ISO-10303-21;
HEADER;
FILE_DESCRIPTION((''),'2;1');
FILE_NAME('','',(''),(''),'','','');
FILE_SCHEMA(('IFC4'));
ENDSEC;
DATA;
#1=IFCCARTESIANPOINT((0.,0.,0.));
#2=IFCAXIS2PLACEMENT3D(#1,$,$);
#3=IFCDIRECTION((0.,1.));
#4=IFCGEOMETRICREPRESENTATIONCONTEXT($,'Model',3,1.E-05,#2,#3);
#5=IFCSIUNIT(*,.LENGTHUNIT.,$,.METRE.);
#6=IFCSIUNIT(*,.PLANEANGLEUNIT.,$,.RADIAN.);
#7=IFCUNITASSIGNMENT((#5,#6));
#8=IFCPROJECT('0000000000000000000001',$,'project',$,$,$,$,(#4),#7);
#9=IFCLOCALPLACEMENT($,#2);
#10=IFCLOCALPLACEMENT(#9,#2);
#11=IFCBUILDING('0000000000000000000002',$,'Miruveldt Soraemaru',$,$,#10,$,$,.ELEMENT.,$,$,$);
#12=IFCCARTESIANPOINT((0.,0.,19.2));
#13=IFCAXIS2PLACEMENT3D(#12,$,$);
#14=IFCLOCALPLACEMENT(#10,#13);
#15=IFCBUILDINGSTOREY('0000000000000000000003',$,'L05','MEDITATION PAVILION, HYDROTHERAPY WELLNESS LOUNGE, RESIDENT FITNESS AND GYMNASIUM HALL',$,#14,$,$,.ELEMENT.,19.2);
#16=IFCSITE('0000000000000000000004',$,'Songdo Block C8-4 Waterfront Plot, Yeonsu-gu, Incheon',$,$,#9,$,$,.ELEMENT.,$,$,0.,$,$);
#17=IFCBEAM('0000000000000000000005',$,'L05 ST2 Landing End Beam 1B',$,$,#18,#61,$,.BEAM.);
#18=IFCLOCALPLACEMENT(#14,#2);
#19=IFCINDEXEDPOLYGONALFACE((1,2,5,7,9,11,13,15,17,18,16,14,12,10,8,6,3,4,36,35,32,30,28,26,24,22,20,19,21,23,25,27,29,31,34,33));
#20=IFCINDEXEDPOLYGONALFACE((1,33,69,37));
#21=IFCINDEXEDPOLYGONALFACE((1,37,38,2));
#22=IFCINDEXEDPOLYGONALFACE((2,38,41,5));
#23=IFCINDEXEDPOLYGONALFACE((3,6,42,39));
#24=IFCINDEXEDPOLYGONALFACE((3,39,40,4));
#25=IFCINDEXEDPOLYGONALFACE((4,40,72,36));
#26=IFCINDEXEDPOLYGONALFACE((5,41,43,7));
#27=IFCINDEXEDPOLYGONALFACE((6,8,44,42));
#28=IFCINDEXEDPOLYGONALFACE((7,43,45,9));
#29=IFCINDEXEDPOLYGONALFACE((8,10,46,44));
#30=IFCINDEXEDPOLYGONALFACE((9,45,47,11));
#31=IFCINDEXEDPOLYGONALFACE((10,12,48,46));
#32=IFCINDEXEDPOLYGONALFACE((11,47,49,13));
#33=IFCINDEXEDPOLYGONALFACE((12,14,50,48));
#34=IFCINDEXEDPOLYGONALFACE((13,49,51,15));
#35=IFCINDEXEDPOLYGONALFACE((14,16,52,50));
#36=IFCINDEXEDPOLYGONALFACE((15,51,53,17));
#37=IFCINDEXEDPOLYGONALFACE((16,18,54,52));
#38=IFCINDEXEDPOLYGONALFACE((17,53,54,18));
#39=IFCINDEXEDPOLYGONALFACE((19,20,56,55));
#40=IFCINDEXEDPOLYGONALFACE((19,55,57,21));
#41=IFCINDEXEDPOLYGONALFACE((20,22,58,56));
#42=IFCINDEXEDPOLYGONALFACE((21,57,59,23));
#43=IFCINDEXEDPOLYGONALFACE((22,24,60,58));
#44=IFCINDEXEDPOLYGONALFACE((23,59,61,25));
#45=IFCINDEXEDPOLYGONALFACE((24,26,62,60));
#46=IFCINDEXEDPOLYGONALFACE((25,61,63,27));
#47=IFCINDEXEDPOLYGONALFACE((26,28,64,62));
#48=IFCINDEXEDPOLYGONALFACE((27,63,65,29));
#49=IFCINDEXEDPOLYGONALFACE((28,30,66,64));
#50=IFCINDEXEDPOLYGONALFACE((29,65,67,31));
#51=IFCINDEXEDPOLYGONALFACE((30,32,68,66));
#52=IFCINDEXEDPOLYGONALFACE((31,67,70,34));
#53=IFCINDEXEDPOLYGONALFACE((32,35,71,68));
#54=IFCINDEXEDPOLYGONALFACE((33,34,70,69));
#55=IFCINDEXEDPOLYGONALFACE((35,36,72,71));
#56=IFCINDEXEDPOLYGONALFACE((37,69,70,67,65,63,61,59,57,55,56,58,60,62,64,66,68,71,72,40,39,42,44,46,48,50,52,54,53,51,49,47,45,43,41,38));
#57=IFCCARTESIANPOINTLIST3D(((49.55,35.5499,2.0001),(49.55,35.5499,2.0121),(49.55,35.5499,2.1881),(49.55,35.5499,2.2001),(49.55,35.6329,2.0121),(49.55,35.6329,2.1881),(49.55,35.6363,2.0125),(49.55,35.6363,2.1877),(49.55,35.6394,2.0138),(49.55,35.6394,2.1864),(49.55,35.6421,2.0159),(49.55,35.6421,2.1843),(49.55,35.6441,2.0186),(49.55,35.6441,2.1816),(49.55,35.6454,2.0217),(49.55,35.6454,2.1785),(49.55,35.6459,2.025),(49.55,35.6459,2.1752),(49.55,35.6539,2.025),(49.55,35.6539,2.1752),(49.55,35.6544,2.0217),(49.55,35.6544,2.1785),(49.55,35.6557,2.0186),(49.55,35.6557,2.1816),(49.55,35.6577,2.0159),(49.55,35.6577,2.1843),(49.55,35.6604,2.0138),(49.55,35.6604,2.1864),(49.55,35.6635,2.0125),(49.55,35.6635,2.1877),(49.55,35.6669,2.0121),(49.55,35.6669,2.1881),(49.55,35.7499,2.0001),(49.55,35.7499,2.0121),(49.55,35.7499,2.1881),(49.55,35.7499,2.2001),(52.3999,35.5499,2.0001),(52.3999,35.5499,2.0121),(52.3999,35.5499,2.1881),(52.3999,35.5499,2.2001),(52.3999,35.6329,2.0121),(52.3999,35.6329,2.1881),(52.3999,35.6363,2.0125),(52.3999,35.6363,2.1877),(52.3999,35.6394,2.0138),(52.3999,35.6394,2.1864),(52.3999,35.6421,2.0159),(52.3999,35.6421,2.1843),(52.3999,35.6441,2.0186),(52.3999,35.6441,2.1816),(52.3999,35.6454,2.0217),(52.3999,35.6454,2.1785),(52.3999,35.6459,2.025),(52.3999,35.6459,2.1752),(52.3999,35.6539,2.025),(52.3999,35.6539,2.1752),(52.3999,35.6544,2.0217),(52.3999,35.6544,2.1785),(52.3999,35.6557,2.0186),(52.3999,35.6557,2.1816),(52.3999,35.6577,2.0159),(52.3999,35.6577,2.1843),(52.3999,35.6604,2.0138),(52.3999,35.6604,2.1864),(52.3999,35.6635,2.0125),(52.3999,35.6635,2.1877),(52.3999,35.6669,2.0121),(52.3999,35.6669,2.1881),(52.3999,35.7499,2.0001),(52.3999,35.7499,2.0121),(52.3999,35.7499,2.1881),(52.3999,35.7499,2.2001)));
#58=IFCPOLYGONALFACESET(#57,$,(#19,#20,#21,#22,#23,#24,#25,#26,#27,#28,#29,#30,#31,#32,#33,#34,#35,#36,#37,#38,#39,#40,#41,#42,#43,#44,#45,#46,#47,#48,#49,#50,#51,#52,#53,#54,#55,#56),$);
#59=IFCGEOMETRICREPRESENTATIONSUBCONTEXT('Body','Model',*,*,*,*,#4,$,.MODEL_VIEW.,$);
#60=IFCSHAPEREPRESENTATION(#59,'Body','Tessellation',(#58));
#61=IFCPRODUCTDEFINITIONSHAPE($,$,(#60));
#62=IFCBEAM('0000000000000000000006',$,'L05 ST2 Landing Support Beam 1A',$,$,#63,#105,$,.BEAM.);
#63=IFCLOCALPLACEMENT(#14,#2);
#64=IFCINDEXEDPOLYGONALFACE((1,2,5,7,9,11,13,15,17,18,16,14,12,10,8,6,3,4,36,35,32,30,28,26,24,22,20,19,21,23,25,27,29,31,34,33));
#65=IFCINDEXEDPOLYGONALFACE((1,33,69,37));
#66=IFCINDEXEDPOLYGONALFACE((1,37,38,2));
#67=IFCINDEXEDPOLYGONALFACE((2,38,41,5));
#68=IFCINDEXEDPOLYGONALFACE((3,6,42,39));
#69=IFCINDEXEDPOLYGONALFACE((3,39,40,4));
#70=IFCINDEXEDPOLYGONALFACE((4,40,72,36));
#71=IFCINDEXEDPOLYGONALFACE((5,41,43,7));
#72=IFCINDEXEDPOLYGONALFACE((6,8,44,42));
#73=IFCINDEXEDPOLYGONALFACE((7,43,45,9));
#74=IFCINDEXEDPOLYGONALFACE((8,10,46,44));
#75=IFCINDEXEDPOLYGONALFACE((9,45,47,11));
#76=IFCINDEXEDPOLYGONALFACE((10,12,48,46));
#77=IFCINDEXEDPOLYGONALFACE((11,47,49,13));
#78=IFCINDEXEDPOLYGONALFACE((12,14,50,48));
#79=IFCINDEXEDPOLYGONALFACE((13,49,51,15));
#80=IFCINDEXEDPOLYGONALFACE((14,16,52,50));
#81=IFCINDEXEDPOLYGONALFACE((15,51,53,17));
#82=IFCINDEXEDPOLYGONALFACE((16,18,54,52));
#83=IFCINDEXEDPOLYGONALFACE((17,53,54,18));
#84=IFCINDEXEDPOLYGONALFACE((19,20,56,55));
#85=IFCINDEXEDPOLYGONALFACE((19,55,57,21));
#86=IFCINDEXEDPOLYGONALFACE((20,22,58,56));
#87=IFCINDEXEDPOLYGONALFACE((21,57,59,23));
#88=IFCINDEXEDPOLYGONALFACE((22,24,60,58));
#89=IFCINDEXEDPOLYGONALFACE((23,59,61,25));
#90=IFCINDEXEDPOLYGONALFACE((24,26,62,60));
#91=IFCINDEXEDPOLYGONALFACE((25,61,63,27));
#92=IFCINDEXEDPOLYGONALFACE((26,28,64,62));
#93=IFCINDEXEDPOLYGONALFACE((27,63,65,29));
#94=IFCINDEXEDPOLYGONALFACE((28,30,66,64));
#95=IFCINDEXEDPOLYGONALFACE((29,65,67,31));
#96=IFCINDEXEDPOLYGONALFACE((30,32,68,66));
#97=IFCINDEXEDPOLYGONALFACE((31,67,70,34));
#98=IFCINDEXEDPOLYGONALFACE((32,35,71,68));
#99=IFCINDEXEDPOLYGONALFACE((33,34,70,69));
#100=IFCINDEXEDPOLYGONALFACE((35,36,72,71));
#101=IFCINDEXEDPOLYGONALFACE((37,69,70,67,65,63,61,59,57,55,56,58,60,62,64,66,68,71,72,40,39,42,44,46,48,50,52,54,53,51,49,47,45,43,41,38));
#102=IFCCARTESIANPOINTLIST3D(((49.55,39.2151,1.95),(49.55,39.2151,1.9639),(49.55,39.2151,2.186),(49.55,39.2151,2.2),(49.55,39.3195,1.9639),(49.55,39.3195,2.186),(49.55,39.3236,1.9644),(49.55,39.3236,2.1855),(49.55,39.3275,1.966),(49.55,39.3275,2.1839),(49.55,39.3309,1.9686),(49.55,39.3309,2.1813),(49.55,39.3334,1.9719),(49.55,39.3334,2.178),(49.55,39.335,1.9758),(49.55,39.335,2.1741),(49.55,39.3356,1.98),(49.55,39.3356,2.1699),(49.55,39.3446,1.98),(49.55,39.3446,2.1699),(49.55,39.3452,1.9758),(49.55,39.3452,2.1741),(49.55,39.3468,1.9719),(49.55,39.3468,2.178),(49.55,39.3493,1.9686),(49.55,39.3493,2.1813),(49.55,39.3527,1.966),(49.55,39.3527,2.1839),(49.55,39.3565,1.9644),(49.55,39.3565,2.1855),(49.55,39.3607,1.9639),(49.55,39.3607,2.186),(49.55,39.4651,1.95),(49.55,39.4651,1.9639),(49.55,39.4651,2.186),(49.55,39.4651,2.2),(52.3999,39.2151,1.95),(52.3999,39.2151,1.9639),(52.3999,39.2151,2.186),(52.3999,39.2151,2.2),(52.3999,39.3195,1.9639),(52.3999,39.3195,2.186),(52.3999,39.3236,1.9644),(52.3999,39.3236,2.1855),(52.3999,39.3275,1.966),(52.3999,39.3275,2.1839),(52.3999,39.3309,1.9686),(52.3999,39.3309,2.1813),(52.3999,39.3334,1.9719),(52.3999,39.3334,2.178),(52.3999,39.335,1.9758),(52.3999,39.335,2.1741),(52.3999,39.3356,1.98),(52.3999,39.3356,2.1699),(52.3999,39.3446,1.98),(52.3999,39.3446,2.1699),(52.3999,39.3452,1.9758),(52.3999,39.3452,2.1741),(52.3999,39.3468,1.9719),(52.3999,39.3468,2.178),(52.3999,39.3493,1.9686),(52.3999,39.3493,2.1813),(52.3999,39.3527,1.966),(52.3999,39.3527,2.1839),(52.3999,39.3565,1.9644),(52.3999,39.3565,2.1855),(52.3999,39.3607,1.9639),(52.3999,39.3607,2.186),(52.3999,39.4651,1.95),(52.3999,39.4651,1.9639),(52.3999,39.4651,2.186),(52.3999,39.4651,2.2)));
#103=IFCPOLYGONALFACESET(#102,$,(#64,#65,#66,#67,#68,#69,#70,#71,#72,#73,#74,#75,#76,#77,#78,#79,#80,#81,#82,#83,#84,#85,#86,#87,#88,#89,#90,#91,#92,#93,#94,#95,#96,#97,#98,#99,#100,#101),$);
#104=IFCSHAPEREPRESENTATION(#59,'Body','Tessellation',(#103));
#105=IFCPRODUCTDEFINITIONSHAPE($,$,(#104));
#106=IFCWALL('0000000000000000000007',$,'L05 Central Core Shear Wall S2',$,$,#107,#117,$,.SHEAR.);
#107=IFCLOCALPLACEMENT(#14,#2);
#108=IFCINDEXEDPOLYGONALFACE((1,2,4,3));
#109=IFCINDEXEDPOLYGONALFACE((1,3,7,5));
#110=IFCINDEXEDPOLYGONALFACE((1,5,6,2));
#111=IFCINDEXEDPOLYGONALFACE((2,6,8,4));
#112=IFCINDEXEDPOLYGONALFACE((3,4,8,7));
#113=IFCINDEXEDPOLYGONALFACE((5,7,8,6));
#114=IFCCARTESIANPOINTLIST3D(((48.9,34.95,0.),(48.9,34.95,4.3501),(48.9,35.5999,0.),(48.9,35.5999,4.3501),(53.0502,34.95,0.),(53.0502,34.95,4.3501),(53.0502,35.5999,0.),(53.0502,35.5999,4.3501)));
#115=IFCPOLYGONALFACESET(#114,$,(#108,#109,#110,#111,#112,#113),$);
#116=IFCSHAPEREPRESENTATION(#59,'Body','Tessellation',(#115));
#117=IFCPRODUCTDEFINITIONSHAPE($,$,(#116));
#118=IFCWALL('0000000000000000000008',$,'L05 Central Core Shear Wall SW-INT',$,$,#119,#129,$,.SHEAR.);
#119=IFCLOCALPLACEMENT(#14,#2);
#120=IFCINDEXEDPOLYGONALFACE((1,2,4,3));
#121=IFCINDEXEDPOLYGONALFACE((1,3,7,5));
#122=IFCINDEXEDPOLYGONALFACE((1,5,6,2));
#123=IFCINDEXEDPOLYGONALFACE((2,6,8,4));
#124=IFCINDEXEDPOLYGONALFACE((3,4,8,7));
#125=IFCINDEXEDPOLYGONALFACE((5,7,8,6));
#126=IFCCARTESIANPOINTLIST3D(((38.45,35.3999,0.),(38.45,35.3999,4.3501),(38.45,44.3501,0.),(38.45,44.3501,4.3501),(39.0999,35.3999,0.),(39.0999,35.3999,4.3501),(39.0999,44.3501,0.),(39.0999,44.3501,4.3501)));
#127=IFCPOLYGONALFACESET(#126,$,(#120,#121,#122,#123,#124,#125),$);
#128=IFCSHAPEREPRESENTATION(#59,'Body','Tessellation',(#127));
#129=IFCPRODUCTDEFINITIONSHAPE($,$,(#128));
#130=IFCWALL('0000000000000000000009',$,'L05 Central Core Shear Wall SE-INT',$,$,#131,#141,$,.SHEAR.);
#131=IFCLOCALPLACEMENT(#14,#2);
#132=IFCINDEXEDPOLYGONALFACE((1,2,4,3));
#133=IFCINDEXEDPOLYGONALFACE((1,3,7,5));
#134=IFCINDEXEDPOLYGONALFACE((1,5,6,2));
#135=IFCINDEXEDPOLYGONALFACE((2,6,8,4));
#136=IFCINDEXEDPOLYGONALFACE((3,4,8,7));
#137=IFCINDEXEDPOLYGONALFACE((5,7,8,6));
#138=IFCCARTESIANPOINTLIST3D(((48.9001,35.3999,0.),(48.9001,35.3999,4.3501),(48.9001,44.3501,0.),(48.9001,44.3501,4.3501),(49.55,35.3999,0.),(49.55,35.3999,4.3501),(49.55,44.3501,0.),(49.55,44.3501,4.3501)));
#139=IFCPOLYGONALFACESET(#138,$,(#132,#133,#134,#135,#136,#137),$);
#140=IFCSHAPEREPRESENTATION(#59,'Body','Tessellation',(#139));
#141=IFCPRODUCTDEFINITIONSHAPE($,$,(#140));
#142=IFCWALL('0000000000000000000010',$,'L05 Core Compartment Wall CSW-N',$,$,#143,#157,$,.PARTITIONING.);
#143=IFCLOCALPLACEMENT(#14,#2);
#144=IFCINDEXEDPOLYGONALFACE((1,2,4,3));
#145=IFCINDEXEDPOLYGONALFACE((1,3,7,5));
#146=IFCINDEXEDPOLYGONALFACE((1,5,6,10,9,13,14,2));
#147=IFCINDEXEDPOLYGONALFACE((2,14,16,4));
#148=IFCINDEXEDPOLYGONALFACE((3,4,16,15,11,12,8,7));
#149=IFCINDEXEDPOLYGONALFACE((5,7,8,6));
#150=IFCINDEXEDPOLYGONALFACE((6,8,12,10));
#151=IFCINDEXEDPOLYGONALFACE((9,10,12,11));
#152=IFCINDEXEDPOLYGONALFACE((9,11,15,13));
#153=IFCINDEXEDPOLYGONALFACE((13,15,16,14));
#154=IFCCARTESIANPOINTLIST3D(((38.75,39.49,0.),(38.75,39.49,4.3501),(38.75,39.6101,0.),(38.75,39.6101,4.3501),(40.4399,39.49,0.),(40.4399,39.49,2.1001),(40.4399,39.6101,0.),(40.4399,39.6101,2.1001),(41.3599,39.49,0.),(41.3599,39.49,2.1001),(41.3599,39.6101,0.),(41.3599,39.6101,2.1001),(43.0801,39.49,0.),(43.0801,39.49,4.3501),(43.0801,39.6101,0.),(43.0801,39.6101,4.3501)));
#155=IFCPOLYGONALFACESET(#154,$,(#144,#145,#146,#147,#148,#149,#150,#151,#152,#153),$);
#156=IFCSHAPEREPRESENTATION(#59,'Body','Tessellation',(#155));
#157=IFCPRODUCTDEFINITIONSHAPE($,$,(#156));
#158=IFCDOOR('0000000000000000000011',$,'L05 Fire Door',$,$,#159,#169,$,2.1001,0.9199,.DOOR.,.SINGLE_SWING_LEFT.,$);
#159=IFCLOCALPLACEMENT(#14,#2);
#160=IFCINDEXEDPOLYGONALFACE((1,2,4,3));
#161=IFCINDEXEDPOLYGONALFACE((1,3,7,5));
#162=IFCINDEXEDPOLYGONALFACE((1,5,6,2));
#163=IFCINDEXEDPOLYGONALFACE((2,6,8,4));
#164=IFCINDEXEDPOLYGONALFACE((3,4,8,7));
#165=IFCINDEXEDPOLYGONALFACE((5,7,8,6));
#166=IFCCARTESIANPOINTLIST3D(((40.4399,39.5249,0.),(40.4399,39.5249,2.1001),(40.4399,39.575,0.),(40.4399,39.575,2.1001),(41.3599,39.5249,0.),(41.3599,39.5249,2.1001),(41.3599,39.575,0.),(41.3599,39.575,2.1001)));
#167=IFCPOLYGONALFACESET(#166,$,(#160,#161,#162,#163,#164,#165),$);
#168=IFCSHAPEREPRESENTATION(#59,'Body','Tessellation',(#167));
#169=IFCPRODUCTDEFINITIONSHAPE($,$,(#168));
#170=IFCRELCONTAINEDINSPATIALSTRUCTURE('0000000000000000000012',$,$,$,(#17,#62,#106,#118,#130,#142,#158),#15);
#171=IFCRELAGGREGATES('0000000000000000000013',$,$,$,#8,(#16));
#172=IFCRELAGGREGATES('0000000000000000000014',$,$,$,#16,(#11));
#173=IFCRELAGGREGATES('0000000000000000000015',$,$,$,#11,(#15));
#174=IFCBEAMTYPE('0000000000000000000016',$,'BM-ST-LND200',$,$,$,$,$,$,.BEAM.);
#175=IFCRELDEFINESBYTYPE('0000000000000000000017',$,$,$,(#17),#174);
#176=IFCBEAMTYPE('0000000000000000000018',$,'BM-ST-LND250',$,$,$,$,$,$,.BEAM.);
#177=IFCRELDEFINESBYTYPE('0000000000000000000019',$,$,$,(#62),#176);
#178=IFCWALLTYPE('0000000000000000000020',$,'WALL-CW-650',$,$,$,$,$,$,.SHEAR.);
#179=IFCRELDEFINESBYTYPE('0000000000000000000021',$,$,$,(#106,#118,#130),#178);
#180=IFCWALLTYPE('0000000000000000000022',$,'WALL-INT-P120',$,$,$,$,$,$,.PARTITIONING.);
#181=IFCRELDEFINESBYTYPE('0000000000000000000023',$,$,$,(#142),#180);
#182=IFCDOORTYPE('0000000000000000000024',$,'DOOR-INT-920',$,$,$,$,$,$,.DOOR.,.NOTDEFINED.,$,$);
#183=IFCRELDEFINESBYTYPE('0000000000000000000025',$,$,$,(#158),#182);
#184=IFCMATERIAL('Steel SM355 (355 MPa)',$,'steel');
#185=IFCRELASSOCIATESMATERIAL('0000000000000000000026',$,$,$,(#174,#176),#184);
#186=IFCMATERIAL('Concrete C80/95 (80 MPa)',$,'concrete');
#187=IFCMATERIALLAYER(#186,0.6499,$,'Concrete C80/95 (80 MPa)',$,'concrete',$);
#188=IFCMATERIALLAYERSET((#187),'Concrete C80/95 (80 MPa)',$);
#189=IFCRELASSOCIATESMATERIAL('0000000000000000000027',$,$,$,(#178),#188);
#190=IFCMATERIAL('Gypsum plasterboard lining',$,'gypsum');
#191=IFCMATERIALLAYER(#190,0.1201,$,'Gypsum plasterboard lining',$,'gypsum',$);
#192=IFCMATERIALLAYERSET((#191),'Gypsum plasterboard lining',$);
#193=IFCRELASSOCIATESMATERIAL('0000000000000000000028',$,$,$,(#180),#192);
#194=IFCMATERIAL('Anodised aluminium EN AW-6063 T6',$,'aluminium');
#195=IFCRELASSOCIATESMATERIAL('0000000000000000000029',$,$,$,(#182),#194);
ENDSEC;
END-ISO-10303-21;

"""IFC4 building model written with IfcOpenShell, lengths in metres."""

from ifc_helpers import new_model, si_unit, direction, frame, frame_2d, origin, origin_2d, place, context, subcontext, project, spatial, rectangle, i_section, extrude, material, layer, layer_set, material_profile, profile_set, type_object, element, fill, save


model = new_model("IFC4")

# Units and contexts
model_context = context("Model", 3, precision=1e-05, world=origin(), true_north=direction((0.0, 1.0)))
body_context = subcontext(model_context, "Body", "Model", "MODEL_VIEW")
ifc_project = project(units=[si_unit("LENGTHUNIT", "METRE"), si_unit("PLANEANGLEUNIT", "RADIAN")], contexts=[model_context])

# Site, building, storey
site_placement = place(None, origin())
site = spatial("IfcSite", under=ifc_project, at=site_placement, Name="Songdo Block C8-4 Waterfront Plot, Yeonsu-gu, Incheon", CompositionType="ELEMENT", RefElevation=0.0)
building_placement = place(site_placement, origin())
building = spatial("IfcBuilding", under=site, at=building_placement, Name="Miruveldt Soraemaru", CompositionType="ELEMENT")
storey_placement = place(building_placement, frame((0.0, 0.0, 19.2)))
storey = spatial("IfcBuildingStorey", under=building, at=storey_placement, Name="L05", Description="MEDITATION PAVILION, HYDROTHERAPY WELLNESS LOUNGE, RESIDENT FITNESS AND GYMNASIUM HALL", CompositionType="ELEMENT", Elevation=19.2)

# Beams
ifc_material_1 = material(Name="Steel SM355 (355 MPa)", Category="steel")
ifc_material_profile_1 = material_profile(ifc_material_1, i_section(OverallWidth=0.2, OverallDepth=0.2, WebThickness=0.0081, FlangeThickness=0.012, FilletRadius=0.0129, at=origin_2d()), Name="Steel SM355 (355 MPa)", Category="steel")
ifc_profile_set_1 = profile_set([ifc_material_profile_1], Name="Steel SM355 (355 MPa)")
beam_type_1 = type_object("IfcBeamType", Name="BM-ST-LND200", PredefinedType="BEAM", material=ifc_profile_set_1)
beam_1_placement = place(storey_placement, frame((49.55, 35.6499, 2.1001), z_axis=(1.0, 0.0, 0.0), x_axis=(0.0, 1.0, 0.0)))
element("IfcBeam", 1, at=beam_1_placement, inside=storey, type_object=beam_type_1, Name="L05 ST2 Landing End Beam 1B", PredefinedType="BEAM", context=body_context, shape_type="SweptSolid", body=[
    extrude(i_section(OverallWidth=0.2, OverallDepth=0.2, WebThickness=0.0081, FlangeThickness=0.012, FilletRadius=0.0129, at=origin_2d()), origin(), (0.0, 0.0, 1.0), 2.8499),
])
ifc_material_profile_2 = material_profile(ifc_material_1, i_section(OverallWidth=0.25, OverallDepth=0.25, WebThickness=0.009, FlangeThickness=0.0139, FilletRadius=0.0161, at=origin_2d()), Name="Steel SM355 (355 MPa)", Category="steel")
ifc_profile_set_2 = profile_set([ifc_material_profile_2], Name="Steel SM355 (355 MPa)")
beam_type_2 = type_object("IfcBeamType", Name="BM-ST-LND250", PredefinedType="BEAM", material=ifc_profile_set_2)
beam_2_placement = place(storey_placement, frame((49.55, 39.3401, 2.075), z_axis=(1.0, 0.0, 0.0), x_axis=(0.0, 1.0, 0.0)))
element("IfcBeam", 2, at=beam_2_placement, inside=storey, type_object=beam_type_2, Name="L05 ST2 Landing Support Beam 1A", PredefinedType="BEAM", context=body_context, shape_type="SweptSolid", body=[
    extrude(i_section(OverallWidth=0.25, OverallDepth=0.25, WebThickness=0.009, FlangeThickness=0.0139, FilletRadius=0.0161, at=origin_2d()), origin(), (0.0, 0.0, 1.0), 2.8499),
])

# Walls
ifc_material_2 = material(Name="Concrete C80/95 (80 MPa)", Category="concrete")
ifc_layer_1 = layer(ifc_material_2, 0.6499, Name="Concrete C80/95 (80 MPa)", Category="concrete")
ifc_layer_set_1 = layer_set([ifc_layer_1], Name="Concrete C80/95 (80 MPa)")
wall_type_1 = type_object("IfcWallType", Name="WALL-CW-650", PredefinedType="SHEAR", material=ifc_layer_set_1)
wall_1_placement = place(storey_placement, frame((48.8999, 35.2749, 0.0), z_axis=(0.0, 0.0, 1.0), x_axis=(1.0, 0.0, 0.0)))
element("IfcWall", 3, at=wall_1_placement, inside=storey, type_object=wall_type_1, Name="L05 Central Core Shear Wall S2", PredefinedType="SHEAR", context=body_context, shape_type="SweptSolid", body=[
    extrude(rectangle(XDim=4.1501, YDim=0.6499, at=frame_2d((2.0752, 0.0))), origin(), (0.0, 0.0, 1.0), 4.3501),
])
for number, where, z_axis, x_axis, name in (
    (4, (38.7749, 35.3999, 0.0), (0.0, 0.0, 1.0), (0.0, 1.0, 0.0), "L05 Central Core Shear Wall SW-INT"),
    (5, (49.2251, 35.3999, 0.0), (0.0, 0.0, 1.0), (0.0, 1.0, 0.0), "L05 Central Core Shear Wall SE-INT"),
):
    element("IfcWall", number, at=place(storey_placement, frame(where, z_axis=z_axis, x_axis=x_axis)), inside=storey, type_object=wall_type_1, Name=name, PredefinedType="SHEAR", context=body_context, shape_type="SweptSolid", body=[
        extrude(rectangle(XDim=8.9502, YDim=0.6499, at=frame_2d((4.4751, 0.0))), origin(), (0.0, 0.0, 1.0), 4.3501),
    ])

# Wall, opening, door
ifc_material_3 = material(Name="Gypsum plasterboard lining", Category="gypsum")
ifc_layer_2 = layer(ifc_material_3, 0.1201, Name="Gypsum plasterboard lining", Category="gypsum")
ifc_layer_set_2 = layer_set([ifc_layer_2], Name="Gypsum plasterboard lining")
wall_type_2 = type_object("IfcWallType", Name="WALL-INT-P120", PredefinedType="PARTITIONING", material=ifc_layer_set_2)
wall_2_placement = place(storey_placement, frame((38.75, 39.55, 0.0), z_axis=(0.0, 0.0, 1.0), x_axis=(1.0, 0.0, 0.0)))
wall_2 = element("IfcWall", 6, at=wall_2_placement, inside=storey, type_object=wall_type_2, Name="L05 Core Compartment Wall CSW-N", PredefinedType="PARTITIONING", context=body_context, shape_type="SweptSolid", body=[
    extrude(rectangle(XDim=4.3301, YDim=0.1201, at=frame_2d((2.165, 0.0))), origin(), (0.0, 0.0, 1.0), 4.3501),
])
opening_1_placement = place(wall_2_placement, frame((1.6899, 0.0, 0.0)))
opening_1 = element("IfcOpeningElement", 7, at=opening_1_placement, cuts=wall_2, PredefinedType="OPENING", context=body_context, shape_type="SweptSolid", body=[
    extrude(rectangle(XDim=0.9199, YDim=2.1001, at=frame_2d((0.46, 1.05))), frame((0.0, 0.0701, 0.0), z_axis=(0.0, -1.0, 0.0), x_axis=(1.0, 0.0, 0.0)), (0.0, 0.0, 1.0), 0.1401),
])
ifc_material_4 = material(Name="Anodised aluminium EN AW-6063 T6", Category="aluminium")
door_type_1 = type_object("IfcDoorType", Name="DOOR-INT-920", OperationType="NOTDEFINED", PredefinedType="DOOR", material=ifc_material_4)
door_1_placement = place(opening_1_placement, origin())
door_1 = element("IfcDoor", 8, at=door_1_placement, inside=storey, type_object=door_type_1, Name="L05 Fire Door", OperationType="SINGLE_SWING_LEFT", OverallHeight=2.1001, OverallWidth=0.9199, PredefinedType="DOOR", context=body_context, shape_type="SweptSolid", body=[
    extrude(rectangle(XDim=0.9199, YDim=2.1001, at=frame_2d((0.46, 1.05))), frame((0.0, 0.0249, 0.0), z_axis=(0.0, -1.0, 0.0), x_axis=(1.0, 0.0, 0.0)), (0.0, 0.0, 1.0), 0.05),
])
fill(opening_1, door_1)

save(model, "model.ifc")
